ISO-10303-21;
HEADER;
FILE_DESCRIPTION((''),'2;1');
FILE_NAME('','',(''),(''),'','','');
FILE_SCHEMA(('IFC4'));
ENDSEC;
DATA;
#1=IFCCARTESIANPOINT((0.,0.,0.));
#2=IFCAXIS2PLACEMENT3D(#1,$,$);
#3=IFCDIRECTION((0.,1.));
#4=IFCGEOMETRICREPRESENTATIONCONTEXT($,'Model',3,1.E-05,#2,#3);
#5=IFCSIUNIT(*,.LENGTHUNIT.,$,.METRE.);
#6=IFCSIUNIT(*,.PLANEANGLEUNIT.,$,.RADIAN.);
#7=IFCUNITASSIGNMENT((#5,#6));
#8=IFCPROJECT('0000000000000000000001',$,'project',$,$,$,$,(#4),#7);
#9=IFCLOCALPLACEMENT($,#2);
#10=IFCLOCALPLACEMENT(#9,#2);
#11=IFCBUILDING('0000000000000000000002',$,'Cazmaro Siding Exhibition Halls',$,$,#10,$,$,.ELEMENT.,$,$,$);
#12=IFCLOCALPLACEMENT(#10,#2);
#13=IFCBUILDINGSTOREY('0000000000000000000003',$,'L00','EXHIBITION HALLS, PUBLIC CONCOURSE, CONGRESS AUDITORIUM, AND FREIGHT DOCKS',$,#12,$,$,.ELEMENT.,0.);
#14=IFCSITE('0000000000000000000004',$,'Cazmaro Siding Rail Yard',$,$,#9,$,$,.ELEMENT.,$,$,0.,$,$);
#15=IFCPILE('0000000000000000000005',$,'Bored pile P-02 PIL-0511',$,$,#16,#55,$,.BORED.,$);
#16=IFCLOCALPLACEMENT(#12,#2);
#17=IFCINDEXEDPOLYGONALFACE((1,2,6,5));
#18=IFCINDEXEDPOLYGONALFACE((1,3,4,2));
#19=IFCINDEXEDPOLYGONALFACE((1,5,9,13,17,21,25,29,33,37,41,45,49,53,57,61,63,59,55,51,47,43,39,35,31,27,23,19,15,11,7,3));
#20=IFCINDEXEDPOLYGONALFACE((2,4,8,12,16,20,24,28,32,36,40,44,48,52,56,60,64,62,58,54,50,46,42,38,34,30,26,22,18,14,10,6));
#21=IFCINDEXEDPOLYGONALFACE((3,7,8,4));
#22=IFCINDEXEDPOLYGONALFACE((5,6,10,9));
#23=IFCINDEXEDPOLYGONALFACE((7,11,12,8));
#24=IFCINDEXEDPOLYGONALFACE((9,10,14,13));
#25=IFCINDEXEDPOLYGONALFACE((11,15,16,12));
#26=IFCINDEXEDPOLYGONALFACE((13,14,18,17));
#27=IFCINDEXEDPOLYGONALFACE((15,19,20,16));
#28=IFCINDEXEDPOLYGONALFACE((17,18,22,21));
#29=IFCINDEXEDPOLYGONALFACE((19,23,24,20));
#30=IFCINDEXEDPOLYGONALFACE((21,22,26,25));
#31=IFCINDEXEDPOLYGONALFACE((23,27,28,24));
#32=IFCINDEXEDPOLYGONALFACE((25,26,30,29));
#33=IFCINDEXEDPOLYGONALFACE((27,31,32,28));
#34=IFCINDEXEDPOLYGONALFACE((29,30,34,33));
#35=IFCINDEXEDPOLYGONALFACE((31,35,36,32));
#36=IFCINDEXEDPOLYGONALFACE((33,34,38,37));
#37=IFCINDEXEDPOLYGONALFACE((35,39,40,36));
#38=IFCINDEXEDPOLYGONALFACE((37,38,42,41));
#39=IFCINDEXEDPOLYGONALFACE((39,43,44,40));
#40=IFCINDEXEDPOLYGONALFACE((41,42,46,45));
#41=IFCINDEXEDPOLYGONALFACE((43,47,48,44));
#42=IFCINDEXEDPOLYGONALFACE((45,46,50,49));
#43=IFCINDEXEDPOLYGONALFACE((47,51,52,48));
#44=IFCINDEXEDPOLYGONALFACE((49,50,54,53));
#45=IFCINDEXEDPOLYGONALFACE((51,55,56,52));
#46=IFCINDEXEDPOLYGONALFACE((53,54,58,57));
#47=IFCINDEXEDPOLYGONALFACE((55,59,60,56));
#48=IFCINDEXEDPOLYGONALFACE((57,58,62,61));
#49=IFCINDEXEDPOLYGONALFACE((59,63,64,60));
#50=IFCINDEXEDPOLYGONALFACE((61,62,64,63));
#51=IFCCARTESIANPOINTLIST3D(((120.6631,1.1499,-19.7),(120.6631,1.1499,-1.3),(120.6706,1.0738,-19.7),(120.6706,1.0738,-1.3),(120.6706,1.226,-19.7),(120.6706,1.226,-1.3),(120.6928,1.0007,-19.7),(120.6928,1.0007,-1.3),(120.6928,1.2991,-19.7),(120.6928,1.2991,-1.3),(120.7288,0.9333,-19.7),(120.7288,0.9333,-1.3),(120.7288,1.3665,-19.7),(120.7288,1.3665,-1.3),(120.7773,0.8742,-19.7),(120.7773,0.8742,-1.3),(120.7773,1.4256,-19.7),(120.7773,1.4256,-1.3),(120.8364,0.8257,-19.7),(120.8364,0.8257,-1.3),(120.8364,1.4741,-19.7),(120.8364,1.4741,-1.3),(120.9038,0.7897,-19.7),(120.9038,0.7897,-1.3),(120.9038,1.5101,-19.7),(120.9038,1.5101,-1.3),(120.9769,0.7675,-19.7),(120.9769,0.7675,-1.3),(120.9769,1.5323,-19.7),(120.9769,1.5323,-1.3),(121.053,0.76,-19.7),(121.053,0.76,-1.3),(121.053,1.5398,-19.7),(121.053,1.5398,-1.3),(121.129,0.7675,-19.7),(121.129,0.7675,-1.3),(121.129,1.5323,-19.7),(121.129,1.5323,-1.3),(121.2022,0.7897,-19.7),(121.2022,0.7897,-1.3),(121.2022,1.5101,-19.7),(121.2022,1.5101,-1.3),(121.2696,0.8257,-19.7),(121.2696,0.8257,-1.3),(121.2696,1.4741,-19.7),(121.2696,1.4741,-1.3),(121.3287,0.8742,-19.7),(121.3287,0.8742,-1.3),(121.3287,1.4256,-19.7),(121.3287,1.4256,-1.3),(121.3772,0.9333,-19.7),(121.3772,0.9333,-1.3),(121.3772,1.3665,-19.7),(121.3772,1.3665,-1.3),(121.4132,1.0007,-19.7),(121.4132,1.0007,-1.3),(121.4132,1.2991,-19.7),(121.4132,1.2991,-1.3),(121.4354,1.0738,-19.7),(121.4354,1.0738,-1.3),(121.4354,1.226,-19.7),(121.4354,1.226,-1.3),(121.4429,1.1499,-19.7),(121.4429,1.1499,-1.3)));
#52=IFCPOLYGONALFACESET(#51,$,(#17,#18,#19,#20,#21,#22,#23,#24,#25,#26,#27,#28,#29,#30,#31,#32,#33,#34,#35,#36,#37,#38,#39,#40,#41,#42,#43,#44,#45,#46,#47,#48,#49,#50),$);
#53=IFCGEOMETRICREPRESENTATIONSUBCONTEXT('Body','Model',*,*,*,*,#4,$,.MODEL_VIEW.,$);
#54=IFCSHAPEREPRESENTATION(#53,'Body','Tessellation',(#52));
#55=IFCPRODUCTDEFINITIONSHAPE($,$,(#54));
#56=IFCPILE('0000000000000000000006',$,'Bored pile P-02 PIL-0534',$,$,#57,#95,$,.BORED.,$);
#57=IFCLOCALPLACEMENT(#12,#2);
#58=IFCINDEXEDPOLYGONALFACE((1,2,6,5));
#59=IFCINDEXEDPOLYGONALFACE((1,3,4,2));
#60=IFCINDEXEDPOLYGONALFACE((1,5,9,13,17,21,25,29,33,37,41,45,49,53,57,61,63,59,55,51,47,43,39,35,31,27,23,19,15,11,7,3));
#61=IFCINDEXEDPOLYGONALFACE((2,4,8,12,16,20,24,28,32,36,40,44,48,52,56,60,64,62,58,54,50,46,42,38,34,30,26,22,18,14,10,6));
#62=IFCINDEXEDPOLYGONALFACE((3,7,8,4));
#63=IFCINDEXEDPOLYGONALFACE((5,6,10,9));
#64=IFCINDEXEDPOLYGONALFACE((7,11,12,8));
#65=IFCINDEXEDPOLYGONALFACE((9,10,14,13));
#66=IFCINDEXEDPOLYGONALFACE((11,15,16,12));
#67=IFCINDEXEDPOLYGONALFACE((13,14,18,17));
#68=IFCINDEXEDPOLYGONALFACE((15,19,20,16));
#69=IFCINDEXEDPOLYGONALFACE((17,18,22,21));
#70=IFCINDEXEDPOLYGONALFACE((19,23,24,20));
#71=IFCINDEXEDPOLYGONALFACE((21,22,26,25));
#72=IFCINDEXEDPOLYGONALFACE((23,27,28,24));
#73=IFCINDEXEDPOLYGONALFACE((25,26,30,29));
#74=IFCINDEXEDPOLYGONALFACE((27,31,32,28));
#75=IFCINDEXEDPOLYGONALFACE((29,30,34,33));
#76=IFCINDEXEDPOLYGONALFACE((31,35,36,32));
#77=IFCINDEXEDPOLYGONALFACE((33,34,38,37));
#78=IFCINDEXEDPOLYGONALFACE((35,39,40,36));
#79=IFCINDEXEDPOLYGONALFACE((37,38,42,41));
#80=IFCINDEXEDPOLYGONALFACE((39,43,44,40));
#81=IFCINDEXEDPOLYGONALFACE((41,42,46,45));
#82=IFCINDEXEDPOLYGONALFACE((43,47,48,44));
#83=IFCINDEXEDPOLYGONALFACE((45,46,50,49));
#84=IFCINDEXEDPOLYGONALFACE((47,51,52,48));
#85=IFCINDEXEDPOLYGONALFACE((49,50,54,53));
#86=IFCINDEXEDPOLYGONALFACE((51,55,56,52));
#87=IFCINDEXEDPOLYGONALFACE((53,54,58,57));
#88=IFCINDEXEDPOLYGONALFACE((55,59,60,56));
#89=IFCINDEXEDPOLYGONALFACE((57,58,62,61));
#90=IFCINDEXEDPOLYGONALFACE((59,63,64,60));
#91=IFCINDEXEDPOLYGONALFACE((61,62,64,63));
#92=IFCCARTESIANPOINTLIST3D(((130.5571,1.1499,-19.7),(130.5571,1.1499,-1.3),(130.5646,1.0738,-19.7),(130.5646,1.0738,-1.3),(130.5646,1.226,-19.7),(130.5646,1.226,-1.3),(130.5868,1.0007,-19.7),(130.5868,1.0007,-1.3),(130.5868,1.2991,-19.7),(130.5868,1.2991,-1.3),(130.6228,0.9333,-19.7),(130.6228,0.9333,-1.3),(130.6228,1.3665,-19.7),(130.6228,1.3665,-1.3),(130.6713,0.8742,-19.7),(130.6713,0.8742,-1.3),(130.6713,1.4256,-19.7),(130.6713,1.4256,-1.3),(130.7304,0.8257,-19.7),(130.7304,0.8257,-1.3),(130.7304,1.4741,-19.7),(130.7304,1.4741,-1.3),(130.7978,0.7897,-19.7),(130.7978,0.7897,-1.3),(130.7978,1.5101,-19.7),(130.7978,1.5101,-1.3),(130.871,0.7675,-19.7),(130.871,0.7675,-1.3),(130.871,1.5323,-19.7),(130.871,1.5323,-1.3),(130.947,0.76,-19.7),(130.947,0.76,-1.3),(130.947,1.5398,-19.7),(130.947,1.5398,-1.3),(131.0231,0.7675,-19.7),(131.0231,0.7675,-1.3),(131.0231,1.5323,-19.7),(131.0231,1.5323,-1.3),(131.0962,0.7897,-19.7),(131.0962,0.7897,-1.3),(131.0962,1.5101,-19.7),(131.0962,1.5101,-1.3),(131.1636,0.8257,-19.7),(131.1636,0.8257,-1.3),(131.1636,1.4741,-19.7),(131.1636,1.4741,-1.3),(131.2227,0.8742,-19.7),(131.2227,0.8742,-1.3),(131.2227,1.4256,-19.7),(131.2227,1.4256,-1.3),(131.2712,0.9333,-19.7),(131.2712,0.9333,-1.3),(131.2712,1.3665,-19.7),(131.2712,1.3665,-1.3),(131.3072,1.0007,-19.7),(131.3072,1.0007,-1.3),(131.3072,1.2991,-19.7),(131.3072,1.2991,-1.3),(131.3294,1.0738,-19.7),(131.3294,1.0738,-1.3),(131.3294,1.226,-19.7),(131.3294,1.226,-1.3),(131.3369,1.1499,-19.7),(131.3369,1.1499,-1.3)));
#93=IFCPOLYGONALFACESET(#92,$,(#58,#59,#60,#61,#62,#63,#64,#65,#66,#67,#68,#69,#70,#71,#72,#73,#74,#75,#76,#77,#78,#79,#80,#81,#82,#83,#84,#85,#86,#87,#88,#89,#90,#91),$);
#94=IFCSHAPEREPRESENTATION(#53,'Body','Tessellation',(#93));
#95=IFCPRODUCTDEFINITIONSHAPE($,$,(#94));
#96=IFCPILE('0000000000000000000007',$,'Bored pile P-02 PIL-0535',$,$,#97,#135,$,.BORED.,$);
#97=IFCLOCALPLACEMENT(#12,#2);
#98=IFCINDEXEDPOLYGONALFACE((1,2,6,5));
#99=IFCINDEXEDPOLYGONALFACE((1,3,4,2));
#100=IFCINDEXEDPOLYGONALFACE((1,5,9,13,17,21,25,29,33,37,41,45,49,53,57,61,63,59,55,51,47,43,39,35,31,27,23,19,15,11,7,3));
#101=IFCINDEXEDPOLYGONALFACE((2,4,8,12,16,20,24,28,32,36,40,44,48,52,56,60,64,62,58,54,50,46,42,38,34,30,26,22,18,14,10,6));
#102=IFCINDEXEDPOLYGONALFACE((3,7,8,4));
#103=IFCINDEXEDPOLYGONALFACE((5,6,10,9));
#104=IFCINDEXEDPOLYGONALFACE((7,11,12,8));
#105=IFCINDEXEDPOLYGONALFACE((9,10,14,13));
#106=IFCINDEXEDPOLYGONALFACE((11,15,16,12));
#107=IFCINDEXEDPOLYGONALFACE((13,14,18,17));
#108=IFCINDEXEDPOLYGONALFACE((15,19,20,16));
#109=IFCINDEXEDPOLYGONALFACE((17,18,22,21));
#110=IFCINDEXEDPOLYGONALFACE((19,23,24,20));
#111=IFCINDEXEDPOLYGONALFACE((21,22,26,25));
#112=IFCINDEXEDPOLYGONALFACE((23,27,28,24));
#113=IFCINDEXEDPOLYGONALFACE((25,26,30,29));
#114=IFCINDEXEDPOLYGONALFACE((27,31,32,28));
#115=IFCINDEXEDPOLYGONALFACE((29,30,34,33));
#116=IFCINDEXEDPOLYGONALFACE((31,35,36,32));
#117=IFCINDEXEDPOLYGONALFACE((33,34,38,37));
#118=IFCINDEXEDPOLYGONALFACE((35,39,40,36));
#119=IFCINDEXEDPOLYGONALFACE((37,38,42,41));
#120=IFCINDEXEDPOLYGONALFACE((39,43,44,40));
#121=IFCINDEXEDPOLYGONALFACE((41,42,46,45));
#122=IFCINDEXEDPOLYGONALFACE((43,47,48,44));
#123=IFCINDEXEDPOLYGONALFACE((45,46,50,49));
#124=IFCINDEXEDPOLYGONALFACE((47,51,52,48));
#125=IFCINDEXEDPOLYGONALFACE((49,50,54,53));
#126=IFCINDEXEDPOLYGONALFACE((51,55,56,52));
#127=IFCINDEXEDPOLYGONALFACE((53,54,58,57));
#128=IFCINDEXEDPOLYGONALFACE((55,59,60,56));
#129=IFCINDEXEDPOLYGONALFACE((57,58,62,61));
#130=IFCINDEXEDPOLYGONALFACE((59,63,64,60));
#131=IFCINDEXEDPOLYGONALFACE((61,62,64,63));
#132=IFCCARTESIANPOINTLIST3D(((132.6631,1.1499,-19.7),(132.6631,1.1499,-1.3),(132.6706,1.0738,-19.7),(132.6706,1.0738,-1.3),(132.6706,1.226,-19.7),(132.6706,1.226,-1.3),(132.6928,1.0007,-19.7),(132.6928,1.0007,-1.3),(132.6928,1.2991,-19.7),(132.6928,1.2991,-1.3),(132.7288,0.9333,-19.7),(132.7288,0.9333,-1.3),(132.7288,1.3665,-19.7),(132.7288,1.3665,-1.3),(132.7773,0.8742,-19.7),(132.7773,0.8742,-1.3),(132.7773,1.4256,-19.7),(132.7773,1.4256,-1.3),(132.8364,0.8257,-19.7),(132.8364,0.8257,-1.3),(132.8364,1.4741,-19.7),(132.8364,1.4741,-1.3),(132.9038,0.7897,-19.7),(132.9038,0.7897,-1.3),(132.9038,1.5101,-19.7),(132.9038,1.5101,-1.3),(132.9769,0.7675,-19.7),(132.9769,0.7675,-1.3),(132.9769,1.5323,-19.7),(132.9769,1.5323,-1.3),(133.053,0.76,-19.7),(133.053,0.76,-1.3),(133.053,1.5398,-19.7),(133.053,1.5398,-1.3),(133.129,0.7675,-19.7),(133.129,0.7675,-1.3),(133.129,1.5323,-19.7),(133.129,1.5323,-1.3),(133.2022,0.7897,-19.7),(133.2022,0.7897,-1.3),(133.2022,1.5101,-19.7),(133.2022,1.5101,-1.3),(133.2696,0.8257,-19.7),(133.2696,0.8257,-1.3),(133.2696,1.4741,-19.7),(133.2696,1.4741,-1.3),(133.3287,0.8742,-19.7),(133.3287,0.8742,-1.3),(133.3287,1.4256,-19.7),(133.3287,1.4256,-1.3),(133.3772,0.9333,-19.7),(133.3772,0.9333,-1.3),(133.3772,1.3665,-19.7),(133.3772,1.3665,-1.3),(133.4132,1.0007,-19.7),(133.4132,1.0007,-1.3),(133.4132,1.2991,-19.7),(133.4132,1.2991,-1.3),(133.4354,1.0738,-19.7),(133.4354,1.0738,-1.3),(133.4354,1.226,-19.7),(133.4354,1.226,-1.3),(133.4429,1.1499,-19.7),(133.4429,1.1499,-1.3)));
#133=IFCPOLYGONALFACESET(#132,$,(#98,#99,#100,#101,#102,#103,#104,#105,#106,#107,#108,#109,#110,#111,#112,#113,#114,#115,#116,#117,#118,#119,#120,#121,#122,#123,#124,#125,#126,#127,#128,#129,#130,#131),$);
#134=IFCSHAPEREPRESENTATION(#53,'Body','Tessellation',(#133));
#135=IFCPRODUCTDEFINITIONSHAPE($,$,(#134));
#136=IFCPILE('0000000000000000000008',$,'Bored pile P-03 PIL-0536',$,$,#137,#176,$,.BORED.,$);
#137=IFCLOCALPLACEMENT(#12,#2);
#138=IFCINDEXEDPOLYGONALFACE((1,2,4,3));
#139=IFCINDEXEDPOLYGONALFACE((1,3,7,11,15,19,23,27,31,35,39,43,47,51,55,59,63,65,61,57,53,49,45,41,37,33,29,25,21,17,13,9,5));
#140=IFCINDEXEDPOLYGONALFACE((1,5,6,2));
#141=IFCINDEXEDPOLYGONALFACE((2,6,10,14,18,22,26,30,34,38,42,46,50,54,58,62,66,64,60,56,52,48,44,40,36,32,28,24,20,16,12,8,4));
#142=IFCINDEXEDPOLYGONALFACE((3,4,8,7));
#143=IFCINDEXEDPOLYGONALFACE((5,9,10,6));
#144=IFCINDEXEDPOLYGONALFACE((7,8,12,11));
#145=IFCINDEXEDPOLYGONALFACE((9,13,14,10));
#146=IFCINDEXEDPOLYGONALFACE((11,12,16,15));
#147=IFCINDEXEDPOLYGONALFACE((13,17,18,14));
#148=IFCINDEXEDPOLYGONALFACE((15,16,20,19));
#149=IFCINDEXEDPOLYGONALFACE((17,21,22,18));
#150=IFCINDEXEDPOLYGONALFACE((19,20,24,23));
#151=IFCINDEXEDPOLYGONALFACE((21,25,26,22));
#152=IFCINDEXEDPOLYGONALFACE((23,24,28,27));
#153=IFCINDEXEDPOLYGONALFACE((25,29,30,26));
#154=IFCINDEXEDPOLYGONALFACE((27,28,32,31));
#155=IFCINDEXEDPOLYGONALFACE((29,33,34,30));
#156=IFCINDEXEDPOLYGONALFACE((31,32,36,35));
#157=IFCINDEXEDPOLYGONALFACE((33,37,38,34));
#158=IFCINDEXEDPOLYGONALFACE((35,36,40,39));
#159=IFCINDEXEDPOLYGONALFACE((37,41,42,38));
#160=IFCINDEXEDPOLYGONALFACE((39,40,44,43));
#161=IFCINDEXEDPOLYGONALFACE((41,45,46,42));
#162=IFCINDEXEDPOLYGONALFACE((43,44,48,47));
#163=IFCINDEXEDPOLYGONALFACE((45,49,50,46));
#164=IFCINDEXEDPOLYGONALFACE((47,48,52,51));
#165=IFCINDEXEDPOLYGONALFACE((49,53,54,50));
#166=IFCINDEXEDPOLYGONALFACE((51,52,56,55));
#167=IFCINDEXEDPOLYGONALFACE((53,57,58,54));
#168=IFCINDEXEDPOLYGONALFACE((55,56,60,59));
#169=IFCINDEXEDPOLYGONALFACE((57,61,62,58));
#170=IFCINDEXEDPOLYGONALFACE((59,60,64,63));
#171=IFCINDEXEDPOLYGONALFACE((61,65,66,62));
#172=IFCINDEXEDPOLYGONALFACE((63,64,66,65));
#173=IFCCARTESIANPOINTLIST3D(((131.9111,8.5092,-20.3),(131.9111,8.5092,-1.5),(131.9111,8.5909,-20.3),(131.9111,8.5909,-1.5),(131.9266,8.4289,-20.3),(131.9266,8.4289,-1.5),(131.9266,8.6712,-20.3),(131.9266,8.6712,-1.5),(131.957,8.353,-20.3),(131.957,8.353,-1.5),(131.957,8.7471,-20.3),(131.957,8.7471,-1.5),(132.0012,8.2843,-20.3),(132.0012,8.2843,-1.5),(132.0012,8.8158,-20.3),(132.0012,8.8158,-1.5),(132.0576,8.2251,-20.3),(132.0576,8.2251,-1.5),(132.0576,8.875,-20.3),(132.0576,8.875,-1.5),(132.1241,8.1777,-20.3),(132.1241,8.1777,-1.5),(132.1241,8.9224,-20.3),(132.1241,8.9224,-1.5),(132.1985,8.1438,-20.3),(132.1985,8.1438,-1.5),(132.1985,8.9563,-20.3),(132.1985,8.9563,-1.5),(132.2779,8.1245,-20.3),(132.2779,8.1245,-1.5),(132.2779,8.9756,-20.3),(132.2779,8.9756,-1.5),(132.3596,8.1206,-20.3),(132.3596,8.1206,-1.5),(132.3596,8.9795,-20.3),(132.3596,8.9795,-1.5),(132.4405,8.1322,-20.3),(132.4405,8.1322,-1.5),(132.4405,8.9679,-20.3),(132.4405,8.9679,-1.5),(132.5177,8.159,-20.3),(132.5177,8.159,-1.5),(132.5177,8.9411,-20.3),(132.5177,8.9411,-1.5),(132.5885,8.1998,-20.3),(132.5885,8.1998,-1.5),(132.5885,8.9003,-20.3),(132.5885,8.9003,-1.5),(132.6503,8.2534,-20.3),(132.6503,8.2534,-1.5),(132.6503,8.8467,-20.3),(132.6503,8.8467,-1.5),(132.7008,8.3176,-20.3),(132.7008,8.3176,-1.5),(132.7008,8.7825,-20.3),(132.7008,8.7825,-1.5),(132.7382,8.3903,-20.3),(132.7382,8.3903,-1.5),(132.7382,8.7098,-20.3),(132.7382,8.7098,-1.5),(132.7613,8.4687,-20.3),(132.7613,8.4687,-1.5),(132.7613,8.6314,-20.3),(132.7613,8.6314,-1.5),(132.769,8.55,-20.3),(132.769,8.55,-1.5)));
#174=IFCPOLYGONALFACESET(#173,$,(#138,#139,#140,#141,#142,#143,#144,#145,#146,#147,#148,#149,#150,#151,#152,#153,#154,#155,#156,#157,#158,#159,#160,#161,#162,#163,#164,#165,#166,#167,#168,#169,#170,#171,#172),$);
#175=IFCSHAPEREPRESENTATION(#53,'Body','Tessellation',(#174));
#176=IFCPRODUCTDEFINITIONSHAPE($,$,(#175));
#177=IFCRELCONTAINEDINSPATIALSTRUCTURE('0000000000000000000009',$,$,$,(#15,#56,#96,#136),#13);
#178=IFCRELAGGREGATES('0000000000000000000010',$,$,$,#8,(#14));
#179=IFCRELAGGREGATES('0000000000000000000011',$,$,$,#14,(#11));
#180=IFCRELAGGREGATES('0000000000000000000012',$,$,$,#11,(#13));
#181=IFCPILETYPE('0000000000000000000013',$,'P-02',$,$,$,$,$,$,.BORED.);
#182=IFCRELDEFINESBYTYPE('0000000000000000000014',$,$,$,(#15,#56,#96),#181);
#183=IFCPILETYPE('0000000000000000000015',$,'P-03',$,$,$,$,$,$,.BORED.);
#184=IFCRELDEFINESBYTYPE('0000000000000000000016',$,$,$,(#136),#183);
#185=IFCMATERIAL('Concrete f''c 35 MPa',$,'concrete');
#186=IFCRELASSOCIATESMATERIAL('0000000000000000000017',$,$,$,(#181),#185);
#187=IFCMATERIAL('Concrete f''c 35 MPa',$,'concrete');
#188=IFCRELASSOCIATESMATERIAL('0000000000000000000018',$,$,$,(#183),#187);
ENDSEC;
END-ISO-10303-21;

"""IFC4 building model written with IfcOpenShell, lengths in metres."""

from ifc_helpers import new_model, si_unit, direction, frame, origin, origin_2d, place, context, subcontext, project, spatial, circle, extrude, material, material_profile, profile_set, type_object, element, save


model = new_model("IFC4")

# Units and contexts
model_context = context("Model", 3, precision=1e-05, world=origin(), true_north=direction((0.0, 1.0)))
body_context = subcontext(model_context, "Body", "Model", "MODEL_VIEW")
ifc_project = project(units=[si_unit("LENGTHUNIT", "METRE"), si_unit("PLANEANGLEUNIT", "RADIAN")], contexts=[model_context])

# Site, building, storey
site_placement = place(None, origin())
site = spatial("IfcSite", under=ifc_project, at=site_placement, Name="Cazmaro Siding Rail Yard", CompositionType="ELEMENT", RefElevation=0.0)
building_placement = place(site_placement, origin())
building = spatial("IfcBuilding", under=site, at=building_placement, Name="Cazmaro Siding Exhibition Halls", CompositionType="ELEMENT")
storey_placement = place(building_placement, origin())
storey = spatial("IfcBuildingStorey", under=building, at=storey_placement, Name="L00", Description="EXHIBITION HALLS, PUBLIC CONCOURSE, CONGRESS AUDITORIUM, AND FREIGHT DOCKS", CompositionType="ELEMENT", Elevation=0.0)

# Piles
ifc_material_1 = material(Name="Concrete f'c 35 MPa", Category="concrete")
ifc_material_profile_1 = material_profile(ifc_material_1, circle(Radius=0.3899, at=origin_2d()), Name="CIDH-780")
ifc_profile_set_1 = profile_set([ifc_material_profile_1], Name="Concrete f'c 35 MPa")
pile_type_1 = type_object("IfcPileType", Name="P-02", PredefinedType="BORED", material=ifc_profile_set_1)
for number, where, z_axis, x_axis, name in (
    (1, (121.053, 1.1499, -1.3), (0.0, 0.0, -1.0), (1.0, 0.0, 0.0), "Bored pile P-02 PIL-0511"),
    (2, (130.947, 1.1499, -1.3), (0.0, 0.0, -1.0), (1.0, 0.0, 0.0), "Bored pile P-02 PIL-0534"),
    (3, (133.053, 1.1499, -1.3), (0.0, 0.0, -1.0), (1.0, 0.0, 0.0), "Bored pile P-02 PIL-0535"),
):
    element("IfcPile", number, at=place(storey_placement, frame(where, z_axis=z_axis, x_axis=x_axis)), inside=storey, type_object=pile_type_1, Name=name, PredefinedType="BORED", context=body_context, shape_type="SweptSolid", body=[
        extrude(circle(Radius=0.3899, at=origin_2d()), origin(), (0.0, 0.0, 1.0), 18.3999),
    ])
ifc_material_2 = material(Name="Concrete f'c 35 MPa", Category="concrete")
ifc_material_profile_2 = material_profile(ifc_material_2, circle(Radius=0.4299, at=origin_2d()), Name="CIDH-860")
ifc_profile_set_2 = profile_set([ifc_material_profile_2], Name="Concrete f'c 35 MPa")
pile_type_2 = type_object("IfcPileType", Name="P-03", PredefinedType="BORED", material=ifc_profile_set_2)
for number, where, z_axis, x_axis, name in (
    (4, (132.3391, 8.55, -1.5), (0.0, 0.0, -1.0), (1.0, 0.0, 0.0), "Bored pile P-03 PIL-0536"),
):
    element("IfcPile", number, at=place(storey_placement, frame(where, z_axis=z_axis, x_axis=x_axis)), inside=storey, type_object=pile_type_2, Name=name, PredefinedType="BORED", context=body_context, shape_type="SweptSolid", body=[
        extrude(circle(Radius=0.4299, at=origin_2d()), origin(), (0.0, 0.0, 1.0), 18.8),
    ])

save(model, "model.ifc")
